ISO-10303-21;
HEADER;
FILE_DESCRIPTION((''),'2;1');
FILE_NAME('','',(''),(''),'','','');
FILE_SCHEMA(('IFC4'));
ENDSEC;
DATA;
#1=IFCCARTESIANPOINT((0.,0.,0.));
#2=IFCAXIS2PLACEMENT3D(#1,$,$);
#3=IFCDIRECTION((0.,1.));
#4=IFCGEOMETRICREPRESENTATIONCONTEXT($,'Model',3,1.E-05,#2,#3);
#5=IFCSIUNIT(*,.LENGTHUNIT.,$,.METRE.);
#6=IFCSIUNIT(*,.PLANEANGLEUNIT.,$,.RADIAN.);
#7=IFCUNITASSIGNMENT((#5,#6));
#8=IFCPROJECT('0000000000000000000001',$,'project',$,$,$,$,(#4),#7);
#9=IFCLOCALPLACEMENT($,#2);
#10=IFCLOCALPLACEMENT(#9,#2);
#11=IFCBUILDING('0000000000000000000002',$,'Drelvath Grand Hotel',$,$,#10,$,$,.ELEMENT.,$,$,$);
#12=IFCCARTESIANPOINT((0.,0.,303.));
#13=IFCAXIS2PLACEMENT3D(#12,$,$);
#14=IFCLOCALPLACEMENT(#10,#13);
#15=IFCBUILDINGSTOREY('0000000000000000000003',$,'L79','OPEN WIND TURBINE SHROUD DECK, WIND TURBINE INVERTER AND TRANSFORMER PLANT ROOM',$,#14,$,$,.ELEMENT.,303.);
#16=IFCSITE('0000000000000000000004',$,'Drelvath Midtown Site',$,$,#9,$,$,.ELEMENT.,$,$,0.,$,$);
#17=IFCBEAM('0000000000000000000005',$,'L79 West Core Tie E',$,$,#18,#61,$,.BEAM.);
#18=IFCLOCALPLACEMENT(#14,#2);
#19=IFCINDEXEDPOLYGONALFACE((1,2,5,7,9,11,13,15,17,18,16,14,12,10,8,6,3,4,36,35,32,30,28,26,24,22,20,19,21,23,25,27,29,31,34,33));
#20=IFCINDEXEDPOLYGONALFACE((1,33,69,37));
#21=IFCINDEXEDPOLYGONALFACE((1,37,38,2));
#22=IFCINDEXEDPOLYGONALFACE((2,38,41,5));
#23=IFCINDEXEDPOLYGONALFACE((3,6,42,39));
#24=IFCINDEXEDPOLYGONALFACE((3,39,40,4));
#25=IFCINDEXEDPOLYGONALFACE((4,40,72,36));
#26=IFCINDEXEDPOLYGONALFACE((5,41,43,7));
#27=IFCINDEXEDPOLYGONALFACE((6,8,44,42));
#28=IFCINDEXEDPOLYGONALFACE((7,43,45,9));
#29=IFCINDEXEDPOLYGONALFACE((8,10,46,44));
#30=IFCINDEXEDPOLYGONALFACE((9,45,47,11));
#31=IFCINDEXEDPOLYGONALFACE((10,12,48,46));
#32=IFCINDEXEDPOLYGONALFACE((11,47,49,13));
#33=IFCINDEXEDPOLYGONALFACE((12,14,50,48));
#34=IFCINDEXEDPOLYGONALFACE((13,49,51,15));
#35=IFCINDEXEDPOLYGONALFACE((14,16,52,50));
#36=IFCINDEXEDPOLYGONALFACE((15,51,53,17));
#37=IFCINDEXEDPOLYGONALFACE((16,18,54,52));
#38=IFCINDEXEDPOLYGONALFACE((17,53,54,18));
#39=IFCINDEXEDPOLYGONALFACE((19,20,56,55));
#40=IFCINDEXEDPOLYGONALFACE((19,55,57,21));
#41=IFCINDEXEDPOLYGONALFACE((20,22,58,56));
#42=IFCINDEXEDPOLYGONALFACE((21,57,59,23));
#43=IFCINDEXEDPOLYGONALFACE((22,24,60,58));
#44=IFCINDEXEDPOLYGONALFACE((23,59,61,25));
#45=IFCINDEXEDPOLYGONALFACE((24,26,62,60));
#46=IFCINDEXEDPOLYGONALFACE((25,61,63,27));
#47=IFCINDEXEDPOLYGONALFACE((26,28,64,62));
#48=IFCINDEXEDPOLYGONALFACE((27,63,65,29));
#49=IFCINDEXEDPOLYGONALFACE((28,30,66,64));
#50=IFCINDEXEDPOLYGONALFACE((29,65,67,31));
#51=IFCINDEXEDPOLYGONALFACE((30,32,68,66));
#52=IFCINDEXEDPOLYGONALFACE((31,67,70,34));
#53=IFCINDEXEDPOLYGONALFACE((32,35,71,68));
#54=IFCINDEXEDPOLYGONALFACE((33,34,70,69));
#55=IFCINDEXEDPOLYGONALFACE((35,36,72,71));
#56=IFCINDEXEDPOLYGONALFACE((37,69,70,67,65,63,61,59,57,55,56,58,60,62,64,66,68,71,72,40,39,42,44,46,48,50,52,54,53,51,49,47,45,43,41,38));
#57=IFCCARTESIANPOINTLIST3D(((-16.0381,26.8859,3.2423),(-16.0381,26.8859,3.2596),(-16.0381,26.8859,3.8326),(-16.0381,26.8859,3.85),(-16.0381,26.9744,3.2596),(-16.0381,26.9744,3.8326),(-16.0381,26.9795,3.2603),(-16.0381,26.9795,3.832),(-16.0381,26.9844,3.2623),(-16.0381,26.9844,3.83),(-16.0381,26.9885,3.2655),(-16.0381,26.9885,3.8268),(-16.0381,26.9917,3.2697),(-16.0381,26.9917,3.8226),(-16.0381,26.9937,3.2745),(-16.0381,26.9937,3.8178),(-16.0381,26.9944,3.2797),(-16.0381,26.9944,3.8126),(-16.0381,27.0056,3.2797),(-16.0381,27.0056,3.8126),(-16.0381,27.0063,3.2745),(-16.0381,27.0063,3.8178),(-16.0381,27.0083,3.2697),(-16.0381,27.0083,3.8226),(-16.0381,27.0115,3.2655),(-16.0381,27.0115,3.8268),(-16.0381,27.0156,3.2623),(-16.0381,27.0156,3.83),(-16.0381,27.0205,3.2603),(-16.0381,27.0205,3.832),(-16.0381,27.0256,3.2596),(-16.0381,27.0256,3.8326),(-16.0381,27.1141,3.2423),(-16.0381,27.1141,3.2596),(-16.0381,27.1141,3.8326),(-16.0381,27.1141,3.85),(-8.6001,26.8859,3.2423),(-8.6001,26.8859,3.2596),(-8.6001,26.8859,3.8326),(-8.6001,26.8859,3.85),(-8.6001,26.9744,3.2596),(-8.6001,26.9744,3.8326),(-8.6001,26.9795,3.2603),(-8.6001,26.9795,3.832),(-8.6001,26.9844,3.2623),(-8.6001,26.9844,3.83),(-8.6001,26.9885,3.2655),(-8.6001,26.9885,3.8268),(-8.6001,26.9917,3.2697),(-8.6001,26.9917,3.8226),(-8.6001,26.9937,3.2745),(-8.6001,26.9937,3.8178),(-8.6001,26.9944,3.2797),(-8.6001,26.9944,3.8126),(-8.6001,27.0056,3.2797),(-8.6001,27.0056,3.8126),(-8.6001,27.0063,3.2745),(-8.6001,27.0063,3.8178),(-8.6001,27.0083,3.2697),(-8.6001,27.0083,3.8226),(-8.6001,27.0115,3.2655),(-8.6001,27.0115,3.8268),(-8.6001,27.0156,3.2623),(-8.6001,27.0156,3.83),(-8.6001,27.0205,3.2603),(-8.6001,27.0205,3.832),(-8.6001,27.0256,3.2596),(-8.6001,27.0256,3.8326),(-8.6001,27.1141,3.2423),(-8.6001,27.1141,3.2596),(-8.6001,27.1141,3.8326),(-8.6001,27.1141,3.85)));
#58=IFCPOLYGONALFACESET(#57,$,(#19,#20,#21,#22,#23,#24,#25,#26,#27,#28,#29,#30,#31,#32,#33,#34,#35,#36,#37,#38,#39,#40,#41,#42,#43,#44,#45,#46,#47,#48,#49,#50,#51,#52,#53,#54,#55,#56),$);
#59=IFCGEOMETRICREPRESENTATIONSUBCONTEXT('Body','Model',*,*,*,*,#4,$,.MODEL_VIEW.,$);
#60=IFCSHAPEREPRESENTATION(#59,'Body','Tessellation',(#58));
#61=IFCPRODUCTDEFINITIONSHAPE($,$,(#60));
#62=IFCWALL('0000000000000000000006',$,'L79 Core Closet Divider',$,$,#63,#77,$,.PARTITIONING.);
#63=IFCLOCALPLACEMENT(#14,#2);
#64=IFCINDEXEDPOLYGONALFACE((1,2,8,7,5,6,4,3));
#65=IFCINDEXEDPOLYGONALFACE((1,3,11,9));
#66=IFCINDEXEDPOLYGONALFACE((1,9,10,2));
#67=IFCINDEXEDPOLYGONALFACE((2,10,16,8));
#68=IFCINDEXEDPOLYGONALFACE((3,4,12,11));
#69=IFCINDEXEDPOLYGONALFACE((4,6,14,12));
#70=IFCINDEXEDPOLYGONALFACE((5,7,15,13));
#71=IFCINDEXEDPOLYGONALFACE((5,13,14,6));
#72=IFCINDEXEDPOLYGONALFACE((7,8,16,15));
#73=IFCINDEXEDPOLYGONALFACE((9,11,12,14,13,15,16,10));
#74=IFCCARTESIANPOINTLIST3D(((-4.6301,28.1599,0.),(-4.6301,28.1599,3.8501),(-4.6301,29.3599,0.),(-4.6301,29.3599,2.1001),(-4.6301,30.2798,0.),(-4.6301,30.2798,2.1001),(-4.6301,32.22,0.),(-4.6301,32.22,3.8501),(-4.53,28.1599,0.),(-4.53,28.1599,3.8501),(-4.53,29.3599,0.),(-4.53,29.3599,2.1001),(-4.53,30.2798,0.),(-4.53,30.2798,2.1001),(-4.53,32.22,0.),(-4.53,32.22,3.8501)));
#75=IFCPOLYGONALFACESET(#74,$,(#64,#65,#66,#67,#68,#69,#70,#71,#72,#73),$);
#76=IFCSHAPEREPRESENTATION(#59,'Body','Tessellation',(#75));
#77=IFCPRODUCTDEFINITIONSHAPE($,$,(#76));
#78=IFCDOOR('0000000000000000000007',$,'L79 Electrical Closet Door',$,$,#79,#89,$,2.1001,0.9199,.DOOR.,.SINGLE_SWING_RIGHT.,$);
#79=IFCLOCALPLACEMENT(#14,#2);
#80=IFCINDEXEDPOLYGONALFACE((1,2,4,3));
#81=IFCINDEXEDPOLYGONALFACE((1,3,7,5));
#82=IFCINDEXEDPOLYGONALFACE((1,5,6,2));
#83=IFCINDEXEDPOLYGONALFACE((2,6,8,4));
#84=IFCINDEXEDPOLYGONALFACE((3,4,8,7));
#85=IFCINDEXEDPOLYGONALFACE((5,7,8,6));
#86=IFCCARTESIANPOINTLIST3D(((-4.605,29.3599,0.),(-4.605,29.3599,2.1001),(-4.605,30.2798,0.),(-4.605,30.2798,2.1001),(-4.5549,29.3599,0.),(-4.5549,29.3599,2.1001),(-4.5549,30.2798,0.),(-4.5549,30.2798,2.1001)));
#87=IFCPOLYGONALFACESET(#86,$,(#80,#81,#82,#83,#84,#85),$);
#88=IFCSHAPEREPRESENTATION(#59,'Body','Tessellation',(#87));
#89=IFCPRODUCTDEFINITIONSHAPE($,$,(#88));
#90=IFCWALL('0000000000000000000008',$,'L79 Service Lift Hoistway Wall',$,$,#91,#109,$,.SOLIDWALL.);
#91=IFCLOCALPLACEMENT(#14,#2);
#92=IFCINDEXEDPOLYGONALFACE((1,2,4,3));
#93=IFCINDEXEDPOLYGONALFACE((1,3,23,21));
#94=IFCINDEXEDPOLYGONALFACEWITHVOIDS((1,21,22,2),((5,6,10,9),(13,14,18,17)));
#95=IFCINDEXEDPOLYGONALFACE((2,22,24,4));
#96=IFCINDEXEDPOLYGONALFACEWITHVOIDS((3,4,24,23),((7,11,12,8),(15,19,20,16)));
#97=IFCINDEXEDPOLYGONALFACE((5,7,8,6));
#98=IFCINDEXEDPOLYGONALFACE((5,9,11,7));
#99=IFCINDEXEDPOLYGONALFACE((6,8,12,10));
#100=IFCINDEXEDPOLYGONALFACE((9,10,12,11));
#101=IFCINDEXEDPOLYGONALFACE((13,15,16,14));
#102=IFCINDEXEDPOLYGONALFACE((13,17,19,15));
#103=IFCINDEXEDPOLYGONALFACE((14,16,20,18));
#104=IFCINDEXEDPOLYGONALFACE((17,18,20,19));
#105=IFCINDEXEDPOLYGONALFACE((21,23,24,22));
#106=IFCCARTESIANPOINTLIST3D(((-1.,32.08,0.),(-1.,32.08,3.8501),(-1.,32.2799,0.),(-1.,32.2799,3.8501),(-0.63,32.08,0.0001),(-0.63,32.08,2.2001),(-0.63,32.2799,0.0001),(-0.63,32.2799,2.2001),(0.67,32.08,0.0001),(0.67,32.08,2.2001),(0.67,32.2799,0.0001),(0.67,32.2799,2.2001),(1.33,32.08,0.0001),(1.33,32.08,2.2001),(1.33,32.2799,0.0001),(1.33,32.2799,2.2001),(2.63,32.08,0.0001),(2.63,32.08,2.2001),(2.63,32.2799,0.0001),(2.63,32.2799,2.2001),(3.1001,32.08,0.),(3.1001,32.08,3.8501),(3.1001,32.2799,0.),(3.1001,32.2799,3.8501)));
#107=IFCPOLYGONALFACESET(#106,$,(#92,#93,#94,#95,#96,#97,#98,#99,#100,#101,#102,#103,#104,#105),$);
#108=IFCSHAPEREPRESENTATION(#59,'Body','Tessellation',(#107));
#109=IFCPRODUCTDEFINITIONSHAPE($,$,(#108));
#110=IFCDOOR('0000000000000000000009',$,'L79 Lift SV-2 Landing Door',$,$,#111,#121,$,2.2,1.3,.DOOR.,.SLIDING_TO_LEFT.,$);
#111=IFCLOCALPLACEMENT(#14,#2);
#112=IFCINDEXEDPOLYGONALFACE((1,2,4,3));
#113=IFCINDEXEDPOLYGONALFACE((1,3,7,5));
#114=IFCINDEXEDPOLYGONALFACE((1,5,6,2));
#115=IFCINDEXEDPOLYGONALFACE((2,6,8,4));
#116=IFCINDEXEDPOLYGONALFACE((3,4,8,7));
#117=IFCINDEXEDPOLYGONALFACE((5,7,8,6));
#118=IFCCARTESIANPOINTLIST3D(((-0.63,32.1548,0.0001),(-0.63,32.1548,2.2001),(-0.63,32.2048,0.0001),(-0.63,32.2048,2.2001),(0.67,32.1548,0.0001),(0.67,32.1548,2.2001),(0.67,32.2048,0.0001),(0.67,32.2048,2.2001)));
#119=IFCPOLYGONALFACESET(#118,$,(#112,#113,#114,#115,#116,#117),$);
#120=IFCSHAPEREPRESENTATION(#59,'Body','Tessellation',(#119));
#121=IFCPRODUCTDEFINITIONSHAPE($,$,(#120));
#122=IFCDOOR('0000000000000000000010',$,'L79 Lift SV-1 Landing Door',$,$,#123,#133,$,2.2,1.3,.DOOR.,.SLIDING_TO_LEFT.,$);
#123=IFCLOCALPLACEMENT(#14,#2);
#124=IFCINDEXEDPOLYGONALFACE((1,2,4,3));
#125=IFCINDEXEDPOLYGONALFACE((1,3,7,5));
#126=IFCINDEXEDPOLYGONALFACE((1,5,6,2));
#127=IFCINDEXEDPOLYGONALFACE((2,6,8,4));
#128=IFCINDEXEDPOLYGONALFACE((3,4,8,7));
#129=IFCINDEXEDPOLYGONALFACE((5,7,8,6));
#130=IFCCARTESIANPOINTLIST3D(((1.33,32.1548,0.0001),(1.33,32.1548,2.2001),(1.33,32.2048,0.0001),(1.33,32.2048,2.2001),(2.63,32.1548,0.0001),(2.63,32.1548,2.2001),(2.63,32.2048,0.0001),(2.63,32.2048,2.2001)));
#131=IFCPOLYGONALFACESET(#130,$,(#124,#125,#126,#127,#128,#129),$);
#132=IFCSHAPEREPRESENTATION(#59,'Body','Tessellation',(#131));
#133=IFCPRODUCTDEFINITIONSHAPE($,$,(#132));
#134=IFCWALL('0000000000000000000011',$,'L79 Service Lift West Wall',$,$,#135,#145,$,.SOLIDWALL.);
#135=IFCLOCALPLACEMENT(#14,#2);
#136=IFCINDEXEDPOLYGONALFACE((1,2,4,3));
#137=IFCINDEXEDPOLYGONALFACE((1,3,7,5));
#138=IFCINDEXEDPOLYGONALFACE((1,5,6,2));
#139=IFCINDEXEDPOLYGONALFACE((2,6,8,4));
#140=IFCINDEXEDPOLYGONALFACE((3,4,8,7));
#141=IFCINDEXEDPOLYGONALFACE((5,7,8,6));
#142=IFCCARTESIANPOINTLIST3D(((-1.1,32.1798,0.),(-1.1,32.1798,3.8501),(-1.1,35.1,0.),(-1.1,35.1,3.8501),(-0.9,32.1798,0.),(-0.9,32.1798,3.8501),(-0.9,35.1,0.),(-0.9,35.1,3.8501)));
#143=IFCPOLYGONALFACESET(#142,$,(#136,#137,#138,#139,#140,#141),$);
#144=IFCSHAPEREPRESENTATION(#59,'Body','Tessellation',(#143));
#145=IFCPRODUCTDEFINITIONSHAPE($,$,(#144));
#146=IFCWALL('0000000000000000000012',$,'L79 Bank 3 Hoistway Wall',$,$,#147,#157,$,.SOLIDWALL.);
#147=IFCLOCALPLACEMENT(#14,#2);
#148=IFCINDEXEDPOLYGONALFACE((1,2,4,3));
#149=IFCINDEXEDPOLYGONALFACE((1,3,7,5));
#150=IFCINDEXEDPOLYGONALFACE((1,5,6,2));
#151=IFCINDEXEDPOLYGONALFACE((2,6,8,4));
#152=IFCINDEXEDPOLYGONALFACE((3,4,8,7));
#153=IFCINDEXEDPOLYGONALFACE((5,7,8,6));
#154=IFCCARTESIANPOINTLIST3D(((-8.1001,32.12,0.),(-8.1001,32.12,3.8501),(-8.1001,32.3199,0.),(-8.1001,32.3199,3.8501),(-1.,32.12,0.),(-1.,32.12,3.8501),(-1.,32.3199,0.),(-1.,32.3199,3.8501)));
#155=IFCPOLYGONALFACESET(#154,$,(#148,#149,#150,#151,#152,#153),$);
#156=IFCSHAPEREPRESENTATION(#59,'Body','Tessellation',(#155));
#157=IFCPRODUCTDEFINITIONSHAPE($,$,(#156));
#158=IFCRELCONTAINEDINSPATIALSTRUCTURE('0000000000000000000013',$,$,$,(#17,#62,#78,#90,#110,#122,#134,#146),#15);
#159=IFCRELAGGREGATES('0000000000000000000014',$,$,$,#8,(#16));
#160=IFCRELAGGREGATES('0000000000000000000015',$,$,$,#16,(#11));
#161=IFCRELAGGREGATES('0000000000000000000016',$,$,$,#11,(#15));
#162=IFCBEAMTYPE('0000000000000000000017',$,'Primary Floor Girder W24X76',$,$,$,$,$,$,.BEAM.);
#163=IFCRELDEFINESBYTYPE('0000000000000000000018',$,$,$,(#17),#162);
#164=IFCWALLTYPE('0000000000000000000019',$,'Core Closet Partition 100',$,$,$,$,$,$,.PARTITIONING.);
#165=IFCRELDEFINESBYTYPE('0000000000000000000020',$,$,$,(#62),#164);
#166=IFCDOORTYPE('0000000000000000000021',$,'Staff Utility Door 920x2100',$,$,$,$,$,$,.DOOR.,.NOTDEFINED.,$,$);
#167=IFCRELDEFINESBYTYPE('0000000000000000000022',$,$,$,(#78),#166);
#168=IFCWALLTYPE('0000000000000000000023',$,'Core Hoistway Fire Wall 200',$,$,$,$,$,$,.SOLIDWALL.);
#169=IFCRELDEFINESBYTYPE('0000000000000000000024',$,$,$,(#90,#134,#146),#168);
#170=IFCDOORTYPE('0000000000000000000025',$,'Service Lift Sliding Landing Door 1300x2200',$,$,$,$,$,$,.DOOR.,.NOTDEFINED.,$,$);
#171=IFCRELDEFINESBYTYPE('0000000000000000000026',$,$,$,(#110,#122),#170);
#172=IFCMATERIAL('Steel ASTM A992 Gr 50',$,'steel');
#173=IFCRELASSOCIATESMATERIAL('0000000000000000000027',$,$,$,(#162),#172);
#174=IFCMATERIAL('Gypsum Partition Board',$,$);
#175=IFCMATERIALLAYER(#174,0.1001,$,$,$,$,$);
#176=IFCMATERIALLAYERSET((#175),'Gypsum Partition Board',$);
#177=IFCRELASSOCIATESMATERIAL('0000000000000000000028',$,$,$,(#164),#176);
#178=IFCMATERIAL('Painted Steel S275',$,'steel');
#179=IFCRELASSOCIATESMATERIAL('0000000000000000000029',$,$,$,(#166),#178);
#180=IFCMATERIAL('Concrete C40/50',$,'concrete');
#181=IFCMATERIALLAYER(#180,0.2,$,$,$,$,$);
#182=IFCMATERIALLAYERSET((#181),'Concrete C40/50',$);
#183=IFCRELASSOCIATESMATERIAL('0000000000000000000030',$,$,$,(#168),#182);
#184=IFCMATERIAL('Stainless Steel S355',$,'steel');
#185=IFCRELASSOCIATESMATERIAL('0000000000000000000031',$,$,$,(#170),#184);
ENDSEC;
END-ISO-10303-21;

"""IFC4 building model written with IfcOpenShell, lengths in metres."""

from ifc_helpers import new_model, si_unit, direction, frame, frame_2d, origin, origin_2d, place, context, subcontext, project, spatial, rectangle, i_section, extrude, material, layer, layer_set, material_profile, profile_set, type_object, element, fill, save


model = new_model("IFC4")

# Units and contexts
model_context = context("Model", 3, precision=1e-05, world=origin(), true_north=direction((0.0, 1.0)))
body_context = subcontext(model_context, "Body", "Model", "MODEL_VIEW")
ifc_project = project(units=[si_unit("LENGTHUNIT", "METRE"), si_unit("PLANEANGLEUNIT", "RADIAN")], contexts=[model_context])

# Site, building, storey
site_placement = place(None, origin())
site = spatial("IfcSite", under=ifc_project, at=site_placement, Name="Drelvath Midtown Site", CompositionType="ELEMENT", RefElevation=0.0)
building_placement = place(site_placement, origin())
building = spatial("IfcBuilding", under=site, at=building_placement, Name="Drelvath Grand Hotel", CompositionType="ELEMENT")
storey_placement = place(building_placement, frame((0.0, 0.0, 303.0)))
storey = spatial("IfcBuildingStorey", under=building, at=storey_placement, Name="L79", Description="OPEN WIND TURBINE SHROUD DECK, WIND TURBINE INVERTER AND TRANSFORMER PLANT ROOM", CompositionType="ELEMENT", Elevation=303.0)

# Beam
ifc_material_1 = material(Name="Steel ASTM A992 Gr 50", Category="steel")
ifc_material_profile_1 = material_profile(ifc_material_1, i_section(OverallWidth=0.2283, OverallDepth=0.6077, WebThickness=0.0112, FlangeThickness=0.0173, FilletRadius=0.02, at=origin_2d()), Name="W24X76")
ifc_profile_set_1 = profile_set([ifc_material_profile_1], Name="Steel ASTM A992 Gr 50")
beam_type_1 = type_object("IfcBeamType", Name="Primary Floor Girder W24X76", PredefinedType="BEAM", material=ifc_profile_set_1)
beam_1_placement = place(storey_placement, frame((-16.0381, 27.0, 3.5461), z_axis=(1.0, 0.0, 0.0), x_axis=(0.0, 1.0, 0.0)))
element("IfcBeam", 1, at=beam_1_placement, inside=storey, type_object=beam_type_1, Name="L79 West Core Tie E", PredefinedType="BEAM", context=body_context, shape_type="SweptSolid", body=[
    extrude(i_section(OverallWidth=0.2283, OverallDepth=0.6077, WebThickness=0.0112, FlangeThickness=0.0173, FilletRadius=0.02, at=origin_2d()), origin(), (0.0, 0.0, 1.0), 7.438),
])

# Wall, opening, door
ifc_material_2 = material(Name="Gypsum Partition Board")
ifc_layer_1 = layer(ifc_material_2, 0.1001)
ifc_layer_set_1 = layer_set([ifc_layer_1], Name="Gypsum Partition Board")
wall_type_1 = type_object("IfcWallType", Name="Core Closet Partition 100", PredefinedType="PARTITIONING", material=ifc_layer_set_1)
wall_1_placement = place(storey_placement, frame((-4.5801, 28.1599, 0.0), z_axis=(0.0, 0.0, 1.0), x_axis=(0.0, 1.0, 0.0)))
wall_1 = element("IfcWall", 2, at=wall_1_placement, inside=storey, type_object=wall_type_1, Name="L79 Core Closet Divider", PredefinedType="PARTITIONING", context=body_context, shape_type="SweptSolid", body=[
    extrude(rectangle(XDim=4.0601, YDim=0.1001, at=frame_2d((2.03, 0.0))), origin(), (0.0, 0.0, 1.0), 3.8501),
])
opening_1_placement = place(wall_1_placement, frame((1.2, 0.0, 0.0)))
opening_1 = element("IfcOpeningElement", 3, at=opening_1_placement, cuts=wall_1, PredefinedType="OPENING", context=body_context, shape_type="SweptSolid", body=[
    extrude(rectangle(XDim=0.9199, YDim=2.1001, at=frame_2d((0.46, 1.05))), frame((0.0, 0.0601, 0.0), z_axis=(0.0, -1.0, 0.0), x_axis=(1.0, 0.0, 0.0)), (0.0, 0.0, 1.0), 0.1201),
])
ifc_material_3 = material(Name="Painted Steel S275", Category="steel")
door_type_1 = type_object("IfcDoorType", Name="Staff Utility Door 920x2100", OperationType="NOTDEFINED", PredefinedType="DOOR", material=ifc_material_3)
door_1_placement = place(opening_1_placement, origin())
door_1 = element("IfcDoor", 4, at=door_1_placement, inside=storey, type_object=door_type_1, Name="L79 Electrical Closet Door", OperationType="SINGLE_SWING_RIGHT", OverallHeight=2.1001, OverallWidth=0.9199, PredefinedType="DOOR", context=body_context, shape_type="SweptSolid", body=[
    extrude(rectangle(XDim=0.9199, YDim=2.1001, at=frame_2d((0.46, 1.05))), frame((0.0, 0.0249, 0.0), z_axis=(0.0, -1.0, 0.0), x_axis=(1.0, 0.0, 0.0)), (0.0, 0.0, 1.0), 0.05),
])
fill(opening_1, door_1)

# Wall, openings, doors
ifc_material_4 = material(Name="Concrete C40/50", Category="concrete")
ifc_layer_2 = layer(ifc_material_4, 0.2)
ifc_layer_set_2 = layer_set([ifc_layer_2], Name="Concrete C40/50")
wall_type_2 = type_object("IfcWallType", Name="Core Hoistway Fire Wall 200", PredefinedType="SOLIDWALL", material=ifc_layer_set_2)
wall_2_placement = place(storey_placement, frame((-1.0, 32.1799, 0.0), z_axis=(0.0, 0.0, 1.0), x_axis=(1.0, 0.0, 0.0)))
wall_2 = element("IfcWall", 5, at=wall_2_placement, inside=storey, type_object=wall_type_2, Name="L79 Service Lift Hoistway Wall", PredefinedType="SOLIDWALL", context=body_context, shape_type="SweptSolid", body=[
    extrude(rectangle(XDim=4.1001, YDim=0.2, at=frame_2d((2.05, 0.0))), origin(), (0.0, 0.0, 1.0), 3.8501),
])
opening_2_placement = place(wall_2_placement, frame((0.3701, 0.0, 0.0)))
opening_2 = element("IfcOpeningElement", 6, at=opening_2_placement, cuts=wall_2, PredefinedType="OPENING", context=body_context, shape_type="SweptSolid", body=[
    extrude(rectangle(XDim=1.3, YDim=2.2, at=frame_2d((0.6499, 1.1001))), frame((0.0, 0.1099, 0.0), z_axis=(0.0, -1.0, 0.0), x_axis=(1.0, 0.0, 0.0)), (0.0, 0.0, 1.0), 0.22),
])
opening_3_placement = place(wall_2_placement, frame((2.3301, 0.0, 0.0)))
opening_3 = element("IfcOpeningElement", 7, at=opening_3_placement, cuts=wall_2, PredefinedType="OPENING", context=body_context, shape_type="SweptSolid", body=[
    extrude(rectangle(XDim=1.3, YDim=2.2, at=frame_2d((0.6499, 1.1001))), frame((0.0, 0.1099, 0.0), z_axis=(0.0, -1.0, 0.0), x_axis=(1.0, 0.0, 0.0)), (0.0, 0.0, 1.0), 0.22),
])
ifc_material_5 = material(Name="Stainless Steel S355", Category="steel")
door_type_2 = type_object("IfcDoorType", Name="Service Lift Sliding Landing Door 1300x2200", OperationType="NOTDEFINED", PredefinedType="DOOR", material=ifc_material_5)
door_2_placement = place(opening_2_placement, origin())
door_2 = element("IfcDoor", 8, at=door_2_placement, inside=storey, type_object=door_type_2, Name="L79 Lift SV-2 Landing Door", OperationType="SLIDING_TO_LEFT", OverallHeight=2.2, OverallWidth=1.3, PredefinedType="DOOR", context=body_context, shape_type="SweptSolid", body=[
    extrude(rectangle(XDim=1.3, YDim=2.2, at=frame_2d((0.6499, 1.1001))), frame((0.0, 0.0249, 0.0), z_axis=(0.0, -1.0, 0.0), x_axis=(1.0, 0.0, 0.0)), (0.0, 0.0, 1.0), 0.05),
])
fill(opening_2, door_2)
door_3_placement = place(opening_3_placement, origin())
door_3 = element("IfcDoor", 9, at=door_3_placement, inside=storey, type_object=door_type_2, Name="L79 Lift SV-1 Landing Door", OperationType="SLIDING_TO_LEFT", OverallHeight=2.2, OverallWidth=1.3, PredefinedType="DOOR", context=body_context, shape_type="SweptSolid", body=[
    extrude(rectangle(XDim=1.3, YDim=2.2, at=frame_2d((0.6499, 1.1001))), frame((0.0, 0.0249, 0.0), z_axis=(0.0, -1.0, 0.0), x_axis=(1.0, 0.0, 0.0)), (0.0, 0.0, 1.0), 0.05),
])
fill(opening_3, door_3)

# Walls
wall_3_placement = place(storey_placement, frame((-1.0, 32.1799, 0.0), z_axis=(0.0, 0.0, 1.0), x_axis=(0.0, 1.0, 0.0)))
element("IfcWall", 10, at=wall_3_placement, inside=storey, type_object=wall_type_2, Name="L79 Service Lift West Wall", PredefinedType="SOLIDWALL", context=body_context, shape_type="SweptSolid", body=[
    extrude(rectangle(XDim=2.9202, YDim=0.2, at=frame_2d((1.46, 0.0))), origin(), (0.0, 0.0, 1.0), 3.8501),
])
wall_4_placement = place(storey_placement, frame((-8.1001, 32.22, 0.0), z_axis=(0.0, 0.0, 1.0), x_axis=(1.0, 0.0, 0.0)))
element("IfcWall", 11, at=wall_4_placement, inside=storey, type_object=wall_type_2, Name="L79 Bank 3 Hoistway Wall", PredefinedType="SOLIDWALL", context=body_context, shape_type="SweptSolid", body=[
    extrude(rectangle(XDim=7.1001, YDim=0.2, at=frame_2d((3.55, 0.0))), origin(), (0.0, 0.0, 1.0), 3.8501),
])

save(model, "model.ifc")
